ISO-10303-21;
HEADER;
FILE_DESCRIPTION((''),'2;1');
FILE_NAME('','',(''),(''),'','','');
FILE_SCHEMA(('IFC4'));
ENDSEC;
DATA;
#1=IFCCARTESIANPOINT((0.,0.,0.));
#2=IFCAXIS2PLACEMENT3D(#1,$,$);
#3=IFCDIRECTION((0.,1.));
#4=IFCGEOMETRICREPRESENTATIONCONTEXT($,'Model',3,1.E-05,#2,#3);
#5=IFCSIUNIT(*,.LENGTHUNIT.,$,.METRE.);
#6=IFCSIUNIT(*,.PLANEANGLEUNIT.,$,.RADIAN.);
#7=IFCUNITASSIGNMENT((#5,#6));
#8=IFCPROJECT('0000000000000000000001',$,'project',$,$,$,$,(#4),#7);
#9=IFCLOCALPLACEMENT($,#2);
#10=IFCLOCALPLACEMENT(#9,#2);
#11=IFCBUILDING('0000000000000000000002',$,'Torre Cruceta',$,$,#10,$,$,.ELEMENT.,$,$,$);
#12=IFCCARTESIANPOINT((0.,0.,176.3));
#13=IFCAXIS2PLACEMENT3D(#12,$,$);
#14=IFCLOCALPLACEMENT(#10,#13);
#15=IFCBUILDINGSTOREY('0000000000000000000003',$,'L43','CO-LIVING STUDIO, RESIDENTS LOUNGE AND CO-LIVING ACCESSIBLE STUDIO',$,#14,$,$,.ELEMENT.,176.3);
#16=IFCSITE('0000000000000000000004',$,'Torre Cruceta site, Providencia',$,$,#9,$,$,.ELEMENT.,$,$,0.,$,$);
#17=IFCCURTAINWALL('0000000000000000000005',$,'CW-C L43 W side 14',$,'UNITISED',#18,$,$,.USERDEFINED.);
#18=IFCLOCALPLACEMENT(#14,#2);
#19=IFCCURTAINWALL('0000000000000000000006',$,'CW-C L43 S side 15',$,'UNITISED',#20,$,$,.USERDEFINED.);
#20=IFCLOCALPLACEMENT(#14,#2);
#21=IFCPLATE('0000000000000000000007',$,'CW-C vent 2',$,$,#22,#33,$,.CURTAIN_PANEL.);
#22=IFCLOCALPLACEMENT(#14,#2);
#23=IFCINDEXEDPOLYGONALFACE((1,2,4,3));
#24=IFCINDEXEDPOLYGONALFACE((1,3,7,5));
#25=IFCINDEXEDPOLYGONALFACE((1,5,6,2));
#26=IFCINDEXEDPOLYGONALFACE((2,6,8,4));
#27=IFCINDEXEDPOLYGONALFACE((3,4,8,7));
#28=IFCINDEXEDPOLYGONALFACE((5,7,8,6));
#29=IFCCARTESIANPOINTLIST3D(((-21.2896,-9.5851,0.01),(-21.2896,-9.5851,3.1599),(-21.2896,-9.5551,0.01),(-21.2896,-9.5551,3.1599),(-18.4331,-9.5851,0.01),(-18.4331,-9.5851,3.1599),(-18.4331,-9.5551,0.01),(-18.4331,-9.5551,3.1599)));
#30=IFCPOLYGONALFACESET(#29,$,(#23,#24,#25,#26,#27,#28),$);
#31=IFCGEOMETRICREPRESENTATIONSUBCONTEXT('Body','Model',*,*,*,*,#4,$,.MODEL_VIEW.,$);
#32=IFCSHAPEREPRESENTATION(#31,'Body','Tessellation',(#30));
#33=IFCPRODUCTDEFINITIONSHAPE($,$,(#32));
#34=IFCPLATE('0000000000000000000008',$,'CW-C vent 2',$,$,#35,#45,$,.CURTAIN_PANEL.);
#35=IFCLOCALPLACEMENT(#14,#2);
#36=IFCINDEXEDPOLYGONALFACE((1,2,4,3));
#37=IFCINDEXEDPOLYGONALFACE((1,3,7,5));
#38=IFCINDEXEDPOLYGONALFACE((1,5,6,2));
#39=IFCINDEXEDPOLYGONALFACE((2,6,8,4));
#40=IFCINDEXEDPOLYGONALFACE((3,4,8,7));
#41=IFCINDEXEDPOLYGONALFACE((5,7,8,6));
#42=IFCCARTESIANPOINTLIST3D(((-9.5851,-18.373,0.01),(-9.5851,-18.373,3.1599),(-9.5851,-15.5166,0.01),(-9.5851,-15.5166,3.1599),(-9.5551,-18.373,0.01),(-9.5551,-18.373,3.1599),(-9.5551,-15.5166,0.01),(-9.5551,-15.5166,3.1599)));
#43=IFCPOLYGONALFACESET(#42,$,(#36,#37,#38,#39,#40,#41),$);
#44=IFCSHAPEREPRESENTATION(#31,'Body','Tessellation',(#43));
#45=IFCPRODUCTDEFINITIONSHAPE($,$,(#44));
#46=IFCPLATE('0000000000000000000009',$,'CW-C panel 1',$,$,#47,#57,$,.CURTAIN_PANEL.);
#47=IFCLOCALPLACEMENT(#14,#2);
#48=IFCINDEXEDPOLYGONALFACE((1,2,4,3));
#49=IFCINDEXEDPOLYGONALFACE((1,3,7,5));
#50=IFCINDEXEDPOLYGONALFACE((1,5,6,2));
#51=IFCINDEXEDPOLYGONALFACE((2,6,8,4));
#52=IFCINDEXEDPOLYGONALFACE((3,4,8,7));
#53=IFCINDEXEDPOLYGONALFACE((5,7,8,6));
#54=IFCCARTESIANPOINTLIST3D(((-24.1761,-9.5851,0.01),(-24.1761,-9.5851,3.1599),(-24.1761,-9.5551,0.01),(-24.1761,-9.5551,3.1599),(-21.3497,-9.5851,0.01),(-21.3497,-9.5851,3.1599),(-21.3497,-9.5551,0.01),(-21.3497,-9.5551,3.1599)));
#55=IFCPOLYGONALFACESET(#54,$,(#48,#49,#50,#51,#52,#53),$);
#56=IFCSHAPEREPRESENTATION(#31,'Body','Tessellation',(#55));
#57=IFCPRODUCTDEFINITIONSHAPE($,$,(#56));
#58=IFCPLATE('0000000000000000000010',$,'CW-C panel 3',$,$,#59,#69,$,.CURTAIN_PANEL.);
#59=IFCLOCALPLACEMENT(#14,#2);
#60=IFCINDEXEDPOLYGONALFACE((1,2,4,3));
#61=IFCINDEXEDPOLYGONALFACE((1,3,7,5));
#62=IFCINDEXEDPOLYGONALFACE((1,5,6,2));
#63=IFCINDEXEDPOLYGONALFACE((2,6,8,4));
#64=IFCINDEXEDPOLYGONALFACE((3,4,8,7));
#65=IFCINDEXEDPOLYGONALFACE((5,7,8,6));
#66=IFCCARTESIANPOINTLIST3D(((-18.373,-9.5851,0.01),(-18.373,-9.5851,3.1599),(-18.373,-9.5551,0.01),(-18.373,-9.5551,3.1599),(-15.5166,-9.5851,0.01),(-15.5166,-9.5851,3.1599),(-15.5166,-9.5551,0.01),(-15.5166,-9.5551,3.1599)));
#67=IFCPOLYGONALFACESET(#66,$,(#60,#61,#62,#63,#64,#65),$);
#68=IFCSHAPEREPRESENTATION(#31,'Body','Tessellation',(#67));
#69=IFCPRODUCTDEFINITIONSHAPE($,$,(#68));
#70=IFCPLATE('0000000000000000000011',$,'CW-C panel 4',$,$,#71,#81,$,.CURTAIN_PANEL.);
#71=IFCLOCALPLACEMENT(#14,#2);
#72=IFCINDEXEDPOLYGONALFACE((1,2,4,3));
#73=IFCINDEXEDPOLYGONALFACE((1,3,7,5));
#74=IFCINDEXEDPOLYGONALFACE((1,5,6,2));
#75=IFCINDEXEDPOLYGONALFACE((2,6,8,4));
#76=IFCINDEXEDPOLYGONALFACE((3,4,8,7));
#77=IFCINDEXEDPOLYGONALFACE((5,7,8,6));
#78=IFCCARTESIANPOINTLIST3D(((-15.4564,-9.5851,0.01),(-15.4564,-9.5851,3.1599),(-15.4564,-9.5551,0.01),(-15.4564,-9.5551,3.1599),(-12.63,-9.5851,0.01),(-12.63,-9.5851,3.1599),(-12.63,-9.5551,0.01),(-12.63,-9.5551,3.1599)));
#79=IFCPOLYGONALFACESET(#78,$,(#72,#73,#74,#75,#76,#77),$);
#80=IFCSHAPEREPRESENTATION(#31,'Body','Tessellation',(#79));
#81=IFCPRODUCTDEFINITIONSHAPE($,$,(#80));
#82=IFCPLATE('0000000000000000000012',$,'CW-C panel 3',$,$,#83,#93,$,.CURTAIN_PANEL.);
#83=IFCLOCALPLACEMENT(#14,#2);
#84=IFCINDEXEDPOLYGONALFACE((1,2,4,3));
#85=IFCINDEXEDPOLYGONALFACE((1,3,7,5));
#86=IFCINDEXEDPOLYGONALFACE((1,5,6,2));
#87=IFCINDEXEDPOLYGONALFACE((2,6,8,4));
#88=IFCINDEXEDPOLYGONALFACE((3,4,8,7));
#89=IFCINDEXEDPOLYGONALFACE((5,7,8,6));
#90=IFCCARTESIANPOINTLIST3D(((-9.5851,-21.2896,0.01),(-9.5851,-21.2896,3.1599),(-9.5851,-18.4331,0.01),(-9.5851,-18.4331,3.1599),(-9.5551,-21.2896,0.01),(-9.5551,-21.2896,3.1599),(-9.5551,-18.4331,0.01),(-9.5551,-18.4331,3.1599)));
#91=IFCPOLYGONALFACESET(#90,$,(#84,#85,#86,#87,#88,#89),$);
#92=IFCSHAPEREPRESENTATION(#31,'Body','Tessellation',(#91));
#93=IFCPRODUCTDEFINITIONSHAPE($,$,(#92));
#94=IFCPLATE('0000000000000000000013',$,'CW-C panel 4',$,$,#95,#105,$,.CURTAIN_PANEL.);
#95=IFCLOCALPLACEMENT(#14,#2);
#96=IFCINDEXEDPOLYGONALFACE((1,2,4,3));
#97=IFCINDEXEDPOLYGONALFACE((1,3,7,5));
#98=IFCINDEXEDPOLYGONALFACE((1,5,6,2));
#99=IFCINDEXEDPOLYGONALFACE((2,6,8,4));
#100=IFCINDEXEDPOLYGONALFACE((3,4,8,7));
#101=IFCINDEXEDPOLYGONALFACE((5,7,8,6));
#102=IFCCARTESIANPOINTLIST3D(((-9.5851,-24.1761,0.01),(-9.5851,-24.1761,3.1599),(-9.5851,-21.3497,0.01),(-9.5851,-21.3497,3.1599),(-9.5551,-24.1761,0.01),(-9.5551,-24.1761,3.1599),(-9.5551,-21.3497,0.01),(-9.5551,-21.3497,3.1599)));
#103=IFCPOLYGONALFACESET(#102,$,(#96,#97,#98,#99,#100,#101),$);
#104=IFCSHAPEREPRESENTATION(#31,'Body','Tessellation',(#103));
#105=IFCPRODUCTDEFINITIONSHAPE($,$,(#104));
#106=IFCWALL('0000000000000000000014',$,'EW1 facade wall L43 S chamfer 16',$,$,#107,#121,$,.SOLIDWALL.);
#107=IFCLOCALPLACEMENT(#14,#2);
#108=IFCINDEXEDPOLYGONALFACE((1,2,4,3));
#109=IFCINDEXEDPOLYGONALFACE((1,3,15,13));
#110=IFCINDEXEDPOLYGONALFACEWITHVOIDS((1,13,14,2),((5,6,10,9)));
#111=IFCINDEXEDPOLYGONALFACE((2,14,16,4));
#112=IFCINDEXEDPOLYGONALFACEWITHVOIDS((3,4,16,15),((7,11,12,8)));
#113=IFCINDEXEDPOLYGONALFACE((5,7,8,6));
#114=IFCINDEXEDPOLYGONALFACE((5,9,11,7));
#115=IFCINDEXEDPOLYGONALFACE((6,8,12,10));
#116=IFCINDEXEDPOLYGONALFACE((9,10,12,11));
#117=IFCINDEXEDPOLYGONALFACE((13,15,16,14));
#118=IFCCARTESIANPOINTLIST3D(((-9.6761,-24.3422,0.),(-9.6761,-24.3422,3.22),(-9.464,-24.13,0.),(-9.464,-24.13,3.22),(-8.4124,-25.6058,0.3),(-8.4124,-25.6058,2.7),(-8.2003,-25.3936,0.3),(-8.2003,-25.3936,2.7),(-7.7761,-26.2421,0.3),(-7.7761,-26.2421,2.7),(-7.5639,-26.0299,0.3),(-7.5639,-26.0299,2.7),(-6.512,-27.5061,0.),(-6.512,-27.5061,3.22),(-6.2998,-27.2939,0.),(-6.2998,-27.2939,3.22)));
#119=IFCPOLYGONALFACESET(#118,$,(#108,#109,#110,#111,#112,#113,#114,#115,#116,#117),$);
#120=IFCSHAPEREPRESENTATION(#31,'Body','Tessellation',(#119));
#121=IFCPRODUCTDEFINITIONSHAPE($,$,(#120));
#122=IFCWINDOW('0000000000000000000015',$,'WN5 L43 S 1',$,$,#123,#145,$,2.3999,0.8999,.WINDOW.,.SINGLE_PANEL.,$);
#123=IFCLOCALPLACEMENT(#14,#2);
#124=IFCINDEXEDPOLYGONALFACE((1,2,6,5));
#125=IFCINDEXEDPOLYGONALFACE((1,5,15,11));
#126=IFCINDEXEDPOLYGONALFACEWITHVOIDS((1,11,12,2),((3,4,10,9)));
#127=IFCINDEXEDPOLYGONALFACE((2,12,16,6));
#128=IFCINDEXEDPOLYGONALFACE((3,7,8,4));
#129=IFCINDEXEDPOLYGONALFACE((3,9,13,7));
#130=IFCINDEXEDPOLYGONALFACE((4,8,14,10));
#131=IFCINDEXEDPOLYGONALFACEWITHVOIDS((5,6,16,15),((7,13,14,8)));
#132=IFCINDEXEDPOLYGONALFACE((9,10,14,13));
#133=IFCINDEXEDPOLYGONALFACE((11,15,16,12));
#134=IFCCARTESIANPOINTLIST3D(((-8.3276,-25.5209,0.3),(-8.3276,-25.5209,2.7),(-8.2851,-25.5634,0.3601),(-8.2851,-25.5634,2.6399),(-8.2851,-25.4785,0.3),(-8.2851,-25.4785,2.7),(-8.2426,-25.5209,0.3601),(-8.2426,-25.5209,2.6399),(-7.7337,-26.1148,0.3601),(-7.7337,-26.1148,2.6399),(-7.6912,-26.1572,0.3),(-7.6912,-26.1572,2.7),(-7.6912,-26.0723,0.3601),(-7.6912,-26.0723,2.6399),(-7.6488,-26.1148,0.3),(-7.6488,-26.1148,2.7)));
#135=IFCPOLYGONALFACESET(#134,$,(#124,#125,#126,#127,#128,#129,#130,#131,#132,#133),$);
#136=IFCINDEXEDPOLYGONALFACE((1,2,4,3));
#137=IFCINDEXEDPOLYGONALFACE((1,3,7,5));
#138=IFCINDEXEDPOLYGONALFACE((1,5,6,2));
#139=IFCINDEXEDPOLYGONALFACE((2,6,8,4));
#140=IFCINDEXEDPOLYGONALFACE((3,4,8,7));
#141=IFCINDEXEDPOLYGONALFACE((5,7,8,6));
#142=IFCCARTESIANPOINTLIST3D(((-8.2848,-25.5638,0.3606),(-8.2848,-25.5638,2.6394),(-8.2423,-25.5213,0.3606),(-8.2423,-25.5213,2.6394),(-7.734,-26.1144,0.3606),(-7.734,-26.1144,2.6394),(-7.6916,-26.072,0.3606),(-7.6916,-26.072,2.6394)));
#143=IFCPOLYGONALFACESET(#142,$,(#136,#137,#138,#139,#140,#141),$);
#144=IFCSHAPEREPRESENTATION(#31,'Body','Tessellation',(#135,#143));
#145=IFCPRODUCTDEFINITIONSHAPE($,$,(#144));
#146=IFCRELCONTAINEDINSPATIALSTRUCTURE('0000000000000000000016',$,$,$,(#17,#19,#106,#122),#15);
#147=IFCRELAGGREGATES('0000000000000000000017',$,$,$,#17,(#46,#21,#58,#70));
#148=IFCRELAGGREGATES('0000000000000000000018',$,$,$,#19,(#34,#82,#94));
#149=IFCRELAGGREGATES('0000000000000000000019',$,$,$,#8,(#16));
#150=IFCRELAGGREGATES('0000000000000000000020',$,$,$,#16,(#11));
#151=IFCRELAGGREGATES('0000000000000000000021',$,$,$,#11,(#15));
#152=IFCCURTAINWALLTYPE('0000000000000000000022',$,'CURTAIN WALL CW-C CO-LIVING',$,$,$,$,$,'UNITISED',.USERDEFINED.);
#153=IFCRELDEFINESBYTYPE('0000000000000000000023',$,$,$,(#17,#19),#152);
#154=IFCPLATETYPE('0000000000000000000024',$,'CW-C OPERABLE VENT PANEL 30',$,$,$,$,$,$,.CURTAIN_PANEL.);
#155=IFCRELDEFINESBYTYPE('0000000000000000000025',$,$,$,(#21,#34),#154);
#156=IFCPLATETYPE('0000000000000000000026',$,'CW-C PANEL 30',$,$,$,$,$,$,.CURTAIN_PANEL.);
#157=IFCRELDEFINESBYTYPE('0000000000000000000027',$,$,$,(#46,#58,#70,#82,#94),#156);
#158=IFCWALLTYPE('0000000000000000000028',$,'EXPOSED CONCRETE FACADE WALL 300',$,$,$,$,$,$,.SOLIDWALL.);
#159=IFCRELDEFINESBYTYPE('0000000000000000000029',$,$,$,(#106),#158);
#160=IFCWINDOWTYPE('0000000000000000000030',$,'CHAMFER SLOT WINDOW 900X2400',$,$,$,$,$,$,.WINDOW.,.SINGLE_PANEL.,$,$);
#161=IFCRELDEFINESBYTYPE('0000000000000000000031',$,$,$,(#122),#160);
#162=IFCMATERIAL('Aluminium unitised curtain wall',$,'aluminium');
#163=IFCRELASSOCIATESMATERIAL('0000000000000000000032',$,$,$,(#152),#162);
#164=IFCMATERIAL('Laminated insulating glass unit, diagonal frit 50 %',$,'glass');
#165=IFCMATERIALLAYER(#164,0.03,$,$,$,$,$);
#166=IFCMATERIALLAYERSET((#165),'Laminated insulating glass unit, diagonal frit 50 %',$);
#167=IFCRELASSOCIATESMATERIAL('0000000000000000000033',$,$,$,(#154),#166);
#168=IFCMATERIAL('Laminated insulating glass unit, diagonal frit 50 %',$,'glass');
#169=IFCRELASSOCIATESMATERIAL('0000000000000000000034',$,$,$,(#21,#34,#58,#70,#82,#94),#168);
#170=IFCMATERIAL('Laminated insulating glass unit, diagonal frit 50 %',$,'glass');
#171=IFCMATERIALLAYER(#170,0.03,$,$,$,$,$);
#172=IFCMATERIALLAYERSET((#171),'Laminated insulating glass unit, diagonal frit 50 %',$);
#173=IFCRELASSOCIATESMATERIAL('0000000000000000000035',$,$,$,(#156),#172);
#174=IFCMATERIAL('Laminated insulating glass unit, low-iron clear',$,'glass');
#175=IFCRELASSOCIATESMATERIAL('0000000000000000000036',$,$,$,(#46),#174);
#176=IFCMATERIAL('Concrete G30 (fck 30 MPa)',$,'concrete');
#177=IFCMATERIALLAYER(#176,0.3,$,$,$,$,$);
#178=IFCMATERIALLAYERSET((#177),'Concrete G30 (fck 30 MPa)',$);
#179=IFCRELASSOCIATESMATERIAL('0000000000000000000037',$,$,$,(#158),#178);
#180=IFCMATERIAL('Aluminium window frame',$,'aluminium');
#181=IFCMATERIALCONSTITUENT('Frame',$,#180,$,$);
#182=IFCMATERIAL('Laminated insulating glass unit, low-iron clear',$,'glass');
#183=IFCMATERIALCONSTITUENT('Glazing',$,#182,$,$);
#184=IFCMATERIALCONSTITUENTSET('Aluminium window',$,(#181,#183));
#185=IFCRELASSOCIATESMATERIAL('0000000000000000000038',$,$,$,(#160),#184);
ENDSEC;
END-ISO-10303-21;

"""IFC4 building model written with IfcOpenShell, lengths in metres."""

from ifc_helpers import new_model, si_unit, direction, frame, frame_2d, origin, origin_2d, place, context, subcontext, project, spatial, rectangle, hollow_rectangle, extrude, material, layer, layer_set, constituent, constituent_set, type_object, element, fill, aggregate, save


model = new_model("IFC4")

# Units and contexts
model_context = context("Model", 3, precision=1e-05, world=origin(), true_north=direction((0.0, 1.0)))
body_context = subcontext(model_context, "Body", "Model", "MODEL_VIEW")
ifc_project = project(units=[si_unit("LENGTHUNIT", "METRE"), si_unit("PLANEANGLEUNIT", "RADIAN")], contexts=[model_context])

# Site, building, storey
site_placement = place(None, origin())
site = spatial("IfcSite", under=ifc_project, at=site_placement, Name="Torre Cruceta site, Providencia", CompositionType="ELEMENT", RefElevation=0.0)
building_placement = place(site_placement, origin())
building = spatial("IfcBuilding", under=site, at=building_placement, Name="Torre Cruceta", CompositionType="ELEMENT")
storey_placement = place(building_placement, frame((0.0, 0.0, 176.3)))
storey = spatial("IfcBuildingStorey", under=building, at=storey_placement, Name="L43", Description="CO-LIVING STUDIO, RESIDENTS LOUNGE AND CO-LIVING ACCESSIBLE STUDIO", CompositionType="ELEMENT", Elevation=176.3)

# Curtain walls
ifc_material_1 = material(Name="Aluminium unitised curtain wall", Category="aluminium")
curtain_wall_type = type_object("IfcCurtainWallType", Name="CURTAIN WALL CW-C CO-LIVING", ElementType="UNITISED", PredefinedType="USERDEFINED", material=ifc_material_1)
curtain_wall_1_placement = place(storey_placement, origin())
curtain_wall_1 = element("IfcCurtainWall", 1, at=curtain_wall_1_placement, inside=storey, type_object=curtain_wall_type, Name="CW-C L43 W side 14", ObjectType="UNITISED", PredefinedType="USERDEFINED")
curtain_wall_2_placement = place(storey_placement, origin())
curtain_wall_2 = element("IfcCurtainWall", 2, at=curtain_wall_2_placement, inside=storey, type_object=curtain_wall_type, Name="CW-C L43 S side 15", ObjectType="UNITISED", PredefinedType="USERDEFINED")

# Plates
ifc_material_2 = material(Name="Laminated insulating glass unit, diagonal frit 50 %", Category="glass")
ifc_material_3 = material(Name="Laminated insulating glass unit, diagonal frit 50 %", Category="glass")
ifc_layer_1 = layer(ifc_material_3, 0.03)
ifc_layer_set_1 = layer_set([ifc_layer_1], Name="Laminated insulating glass unit, diagonal frit 50 %")
plate_type_1 = type_object("IfcPlateType", Name="CW-C OPERABLE VENT PANEL 30", PredefinedType="CURTAIN_PANEL", material=ifc_layer_set_1)
plate_1_placement = place(storey_placement, frame((-19.8613, -9.5701, 0.01), z_axis=(0.0, 0.0, 1.0), x_axis=(1.0, 0.0, 0.0)))
plate_1 = element("IfcPlate", 3, at=plate_1_placement, type_object=plate_type_1, material=ifc_material_2, Name="CW-C vent 2", PredefinedType="CURTAIN_PANEL", context=body_context, shape_type="SweptSolid", body=[
    extrude(rectangle(XDim=2.8564, YDim=0.03, at=origin_2d()), origin(), (0.0, 0.0, 1.0), 3.1499),
])
plate_2_placement = place(storey_placement, frame((-9.5701, -16.9448, 0.01), z_axis=(0.0, 0.0, 1.0), x_axis=(0.0, -1.0, 0.0)))
plate_2 = element("IfcPlate", 4, at=plate_2_placement, type_object=plate_type_1, material=ifc_material_2, Name="CW-C vent 2", PredefinedType="CURTAIN_PANEL", context=body_context, shape_type="SweptSolid", body=[
    extrude(rectangle(XDim=2.8564, YDim=0.03, at=origin_2d()), origin(), (0.0, 0.0, 1.0), 3.1499),
])
ifc_material_4 = material(Name="Laminated insulating glass unit, low-iron clear", Category="glass")
ifc_material_5 = material(Name="Laminated insulating glass unit, diagonal frit 50 %", Category="glass")
ifc_layer_2 = layer(ifc_material_5, 0.03)
ifc_layer_set_2 = layer_set([ifc_layer_2], Name="Laminated insulating glass unit, diagonal frit 50 %")
plate_type_2 = type_object("IfcPlateType", Name="CW-C PANEL 30", PredefinedType="CURTAIN_PANEL", material=ifc_layer_set_2)
plate_3_placement = place(storey_placement, frame((-22.7629, -9.5701, 0.01), z_axis=(0.0, 0.0, 1.0), x_axis=(1.0, 0.0, 0.0)))
plate_3 = element("IfcPlate", 5, at=plate_3_placement, type_object=plate_type_2, material=ifc_material_4, Name="CW-C panel 1", PredefinedType="CURTAIN_PANEL", context=body_context, shape_type="SweptSolid", body=[
    extrude(rectangle(XDim=2.8264, YDim=0.03, at=origin_2d()), origin(), (0.0, 0.0, 1.0), 3.1499),
])
plate_4_placement = place(storey_placement, frame((-16.9448, -9.5701, 0.01), z_axis=(0.0, 0.0, 1.0), x_axis=(1.0, 0.0, 0.0)))
plate_4 = element("IfcPlate", 6, at=plate_4_placement, type_object=plate_type_2, material=ifc_material_2, Name="CW-C panel 3", PredefinedType="CURTAIN_PANEL", context=body_context, shape_type="SweptSolid", body=[
    extrude(rectangle(XDim=2.8564, YDim=0.03, at=origin_2d()), origin(), (0.0, 0.0, 1.0), 3.1499),
])
plate_5_placement = place(storey_placement, frame((-14.0432, -9.5701, 0.01), z_axis=(0.0, 0.0, 1.0), x_axis=(1.0, 0.0, 0.0)))
plate_5 = element("IfcPlate", 7, at=plate_5_placement, type_object=plate_type_2, material=ifc_material_2, Name="CW-C panel 4", PredefinedType="CURTAIN_PANEL", context=body_context, shape_type="SweptSolid", body=[
    extrude(rectangle(XDim=2.8264, YDim=0.03, at=origin_2d()), origin(), (0.0, 0.0, 1.0), 3.1499),
])
aggregate(curtain_wall_1, [plate_3, plate_1, plate_4, plate_5])
plate_6_placement = place(storey_placement, frame((-9.5701, -19.8613, 0.01), z_axis=(0.0, 0.0, 1.0), x_axis=(0.0, -1.0, 0.0)))
plate_6 = element("IfcPlate", 8, at=plate_6_placement, type_object=plate_type_2, material=ifc_material_2, Name="CW-C panel 3", PredefinedType="CURTAIN_PANEL", context=body_context, shape_type="SweptSolid", body=[
    extrude(rectangle(XDim=2.8564, YDim=0.03, at=origin_2d()), origin(), (0.0, 0.0, 1.0), 3.1499),
])
plate_7_placement = place(storey_placement, frame((-9.5701, -22.7629, 0.01), z_axis=(0.0, 0.0, 1.0), x_axis=(0.0, -1.0, 0.0)))
plate_7 = element("IfcPlate", 9, at=plate_7_placement, type_object=plate_type_2, material=ifc_material_2, Name="CW-C panel 4", PredefinedType="CURTAIN_PANEL", context=body_context, shape_type="SweptSolid", body=[
    extrude(rectangle(XDim=2.8264, YDim=0.03, at=origin_2d()), origin(), (0.0, 0.0, 1.0), 3.1499),
])
aggregate(curtain_wall_2, [plate_2, plate_6, plate_7])

# Wall, opening, window
ifc_material_6 = material(Name="Concrete G30 (fck 30 MPa)", Category="concrete")
ifc_layer_3 = layer(ifc_material_6, 0.3)
ifc_layer_set_3 = layer_set([ifc_layer_3], Name="Concrete G30 (fck 30 MPa)")
wall_type = type_object("IfcWallType", Name="EXPOSED CONCRETE FACADE WALL 300", PredefinedType="SOLIDWALL", material=ifc_layer_set_3)
wall_placement = place(storey_placement, frame((-9.5701, -24.2361, 0.0), z_axis=(0.0, 0.0, 1.0), x_axis=(0.707134, -0.707079, 0.0)))
wall = element("IfcWall", 10, at=wall_placement, inside=storey, type_object=wall_type, Name="EW1 facade wall L43 S chamfer 16", PredefinedType="SOLIDWALL", context=body_context, shape_type="SweptSolid", body=[
    extrude(rectangle(XDim=4.4746, YDim=0.3, at=frame_2d((2.2373, 0.0))), origin(), (0.0, 0.0, 1.0), 3.22),
])
opening_placement = place(wall_placement, frame((1.7871, 0.0, 0.3)))
opening = element("IfcOpeningElement", 11, at=opening_placement, cuts=wall, PredefinedType="OPENING", context=body_context, shape_type="SweptSolid", body=[
    extrude(rectangle(XDim=0.8999, YDim=2.3999, at=frame_2d((0.45, 1.2))), frame((0.0, 0.1599, 0.0), z_axis=(0.0, -1.0, 0.0), x_axis=(1.0, 0.0, 0.0)), (0.0, 0.0, 1.0), 0.3201),
])
ifc_material_7 = material(Name="Aluminium window frame", Category="aluminium")
ifc_constituent_1 = constituent(ifc_material_7, Name="Frame")
ifc_material_8 = material(Name="Laminated insulating glass unit, low-iron clear", Category="glass")
ifc_constituent_2 = constituent(ifc_material_8, Name="Glazing")
ifc_constituent_set = constituent_set(constituents=[ifc_constituent_1, ifc_constituent_2], Name="Aluminium window")
window_type = type_object("IfcWindowType", Name="CHAMFER SLOT WINDOW 900X2400", PartitioningType="SINGLE_PANEL", PredefinedType="WINDOW", material=ifc_constituent_set)
window_placement = place(opening_placement, origin())
window = element("IfcWindow", 12, at=window_placement, inside=storey, type_object=window_type, Name="WN5 L43 S 1", OverallHeight=2.3999, OverallWidth=0.8999, PartitioningType="SINGLE_PANEL", PredefinedType="WINDOW", context=body_context, shape_type="SweptSolid", body=[
    extrude(hollow_rectangle(XDim=0.8999, YDim=2.3999, WallThickness=0.0601, at=frame_2d((0.45, 1.2))), frame((0.0, 0.03, 0.0), z_axis=(0.0, -1.0, 0.0), x_axis=(1.0, 0.0, 0.0)), (0.0, 0.0, 1.0), 0.0601),
    extrude(rectangle(XDim=0.7788, YDim=2.2788, at=frame_2d((0.45, 1.2))), frame((0.0, 0.03, 0.0), z_axis=(0.0, -1.0, 0.0), x_axis=(1.0, 0.0, 0.0)), (0.0, 0.0, 1.0), 0.0601),
])
fill(opening, window)

save(model, "model.ifc")
